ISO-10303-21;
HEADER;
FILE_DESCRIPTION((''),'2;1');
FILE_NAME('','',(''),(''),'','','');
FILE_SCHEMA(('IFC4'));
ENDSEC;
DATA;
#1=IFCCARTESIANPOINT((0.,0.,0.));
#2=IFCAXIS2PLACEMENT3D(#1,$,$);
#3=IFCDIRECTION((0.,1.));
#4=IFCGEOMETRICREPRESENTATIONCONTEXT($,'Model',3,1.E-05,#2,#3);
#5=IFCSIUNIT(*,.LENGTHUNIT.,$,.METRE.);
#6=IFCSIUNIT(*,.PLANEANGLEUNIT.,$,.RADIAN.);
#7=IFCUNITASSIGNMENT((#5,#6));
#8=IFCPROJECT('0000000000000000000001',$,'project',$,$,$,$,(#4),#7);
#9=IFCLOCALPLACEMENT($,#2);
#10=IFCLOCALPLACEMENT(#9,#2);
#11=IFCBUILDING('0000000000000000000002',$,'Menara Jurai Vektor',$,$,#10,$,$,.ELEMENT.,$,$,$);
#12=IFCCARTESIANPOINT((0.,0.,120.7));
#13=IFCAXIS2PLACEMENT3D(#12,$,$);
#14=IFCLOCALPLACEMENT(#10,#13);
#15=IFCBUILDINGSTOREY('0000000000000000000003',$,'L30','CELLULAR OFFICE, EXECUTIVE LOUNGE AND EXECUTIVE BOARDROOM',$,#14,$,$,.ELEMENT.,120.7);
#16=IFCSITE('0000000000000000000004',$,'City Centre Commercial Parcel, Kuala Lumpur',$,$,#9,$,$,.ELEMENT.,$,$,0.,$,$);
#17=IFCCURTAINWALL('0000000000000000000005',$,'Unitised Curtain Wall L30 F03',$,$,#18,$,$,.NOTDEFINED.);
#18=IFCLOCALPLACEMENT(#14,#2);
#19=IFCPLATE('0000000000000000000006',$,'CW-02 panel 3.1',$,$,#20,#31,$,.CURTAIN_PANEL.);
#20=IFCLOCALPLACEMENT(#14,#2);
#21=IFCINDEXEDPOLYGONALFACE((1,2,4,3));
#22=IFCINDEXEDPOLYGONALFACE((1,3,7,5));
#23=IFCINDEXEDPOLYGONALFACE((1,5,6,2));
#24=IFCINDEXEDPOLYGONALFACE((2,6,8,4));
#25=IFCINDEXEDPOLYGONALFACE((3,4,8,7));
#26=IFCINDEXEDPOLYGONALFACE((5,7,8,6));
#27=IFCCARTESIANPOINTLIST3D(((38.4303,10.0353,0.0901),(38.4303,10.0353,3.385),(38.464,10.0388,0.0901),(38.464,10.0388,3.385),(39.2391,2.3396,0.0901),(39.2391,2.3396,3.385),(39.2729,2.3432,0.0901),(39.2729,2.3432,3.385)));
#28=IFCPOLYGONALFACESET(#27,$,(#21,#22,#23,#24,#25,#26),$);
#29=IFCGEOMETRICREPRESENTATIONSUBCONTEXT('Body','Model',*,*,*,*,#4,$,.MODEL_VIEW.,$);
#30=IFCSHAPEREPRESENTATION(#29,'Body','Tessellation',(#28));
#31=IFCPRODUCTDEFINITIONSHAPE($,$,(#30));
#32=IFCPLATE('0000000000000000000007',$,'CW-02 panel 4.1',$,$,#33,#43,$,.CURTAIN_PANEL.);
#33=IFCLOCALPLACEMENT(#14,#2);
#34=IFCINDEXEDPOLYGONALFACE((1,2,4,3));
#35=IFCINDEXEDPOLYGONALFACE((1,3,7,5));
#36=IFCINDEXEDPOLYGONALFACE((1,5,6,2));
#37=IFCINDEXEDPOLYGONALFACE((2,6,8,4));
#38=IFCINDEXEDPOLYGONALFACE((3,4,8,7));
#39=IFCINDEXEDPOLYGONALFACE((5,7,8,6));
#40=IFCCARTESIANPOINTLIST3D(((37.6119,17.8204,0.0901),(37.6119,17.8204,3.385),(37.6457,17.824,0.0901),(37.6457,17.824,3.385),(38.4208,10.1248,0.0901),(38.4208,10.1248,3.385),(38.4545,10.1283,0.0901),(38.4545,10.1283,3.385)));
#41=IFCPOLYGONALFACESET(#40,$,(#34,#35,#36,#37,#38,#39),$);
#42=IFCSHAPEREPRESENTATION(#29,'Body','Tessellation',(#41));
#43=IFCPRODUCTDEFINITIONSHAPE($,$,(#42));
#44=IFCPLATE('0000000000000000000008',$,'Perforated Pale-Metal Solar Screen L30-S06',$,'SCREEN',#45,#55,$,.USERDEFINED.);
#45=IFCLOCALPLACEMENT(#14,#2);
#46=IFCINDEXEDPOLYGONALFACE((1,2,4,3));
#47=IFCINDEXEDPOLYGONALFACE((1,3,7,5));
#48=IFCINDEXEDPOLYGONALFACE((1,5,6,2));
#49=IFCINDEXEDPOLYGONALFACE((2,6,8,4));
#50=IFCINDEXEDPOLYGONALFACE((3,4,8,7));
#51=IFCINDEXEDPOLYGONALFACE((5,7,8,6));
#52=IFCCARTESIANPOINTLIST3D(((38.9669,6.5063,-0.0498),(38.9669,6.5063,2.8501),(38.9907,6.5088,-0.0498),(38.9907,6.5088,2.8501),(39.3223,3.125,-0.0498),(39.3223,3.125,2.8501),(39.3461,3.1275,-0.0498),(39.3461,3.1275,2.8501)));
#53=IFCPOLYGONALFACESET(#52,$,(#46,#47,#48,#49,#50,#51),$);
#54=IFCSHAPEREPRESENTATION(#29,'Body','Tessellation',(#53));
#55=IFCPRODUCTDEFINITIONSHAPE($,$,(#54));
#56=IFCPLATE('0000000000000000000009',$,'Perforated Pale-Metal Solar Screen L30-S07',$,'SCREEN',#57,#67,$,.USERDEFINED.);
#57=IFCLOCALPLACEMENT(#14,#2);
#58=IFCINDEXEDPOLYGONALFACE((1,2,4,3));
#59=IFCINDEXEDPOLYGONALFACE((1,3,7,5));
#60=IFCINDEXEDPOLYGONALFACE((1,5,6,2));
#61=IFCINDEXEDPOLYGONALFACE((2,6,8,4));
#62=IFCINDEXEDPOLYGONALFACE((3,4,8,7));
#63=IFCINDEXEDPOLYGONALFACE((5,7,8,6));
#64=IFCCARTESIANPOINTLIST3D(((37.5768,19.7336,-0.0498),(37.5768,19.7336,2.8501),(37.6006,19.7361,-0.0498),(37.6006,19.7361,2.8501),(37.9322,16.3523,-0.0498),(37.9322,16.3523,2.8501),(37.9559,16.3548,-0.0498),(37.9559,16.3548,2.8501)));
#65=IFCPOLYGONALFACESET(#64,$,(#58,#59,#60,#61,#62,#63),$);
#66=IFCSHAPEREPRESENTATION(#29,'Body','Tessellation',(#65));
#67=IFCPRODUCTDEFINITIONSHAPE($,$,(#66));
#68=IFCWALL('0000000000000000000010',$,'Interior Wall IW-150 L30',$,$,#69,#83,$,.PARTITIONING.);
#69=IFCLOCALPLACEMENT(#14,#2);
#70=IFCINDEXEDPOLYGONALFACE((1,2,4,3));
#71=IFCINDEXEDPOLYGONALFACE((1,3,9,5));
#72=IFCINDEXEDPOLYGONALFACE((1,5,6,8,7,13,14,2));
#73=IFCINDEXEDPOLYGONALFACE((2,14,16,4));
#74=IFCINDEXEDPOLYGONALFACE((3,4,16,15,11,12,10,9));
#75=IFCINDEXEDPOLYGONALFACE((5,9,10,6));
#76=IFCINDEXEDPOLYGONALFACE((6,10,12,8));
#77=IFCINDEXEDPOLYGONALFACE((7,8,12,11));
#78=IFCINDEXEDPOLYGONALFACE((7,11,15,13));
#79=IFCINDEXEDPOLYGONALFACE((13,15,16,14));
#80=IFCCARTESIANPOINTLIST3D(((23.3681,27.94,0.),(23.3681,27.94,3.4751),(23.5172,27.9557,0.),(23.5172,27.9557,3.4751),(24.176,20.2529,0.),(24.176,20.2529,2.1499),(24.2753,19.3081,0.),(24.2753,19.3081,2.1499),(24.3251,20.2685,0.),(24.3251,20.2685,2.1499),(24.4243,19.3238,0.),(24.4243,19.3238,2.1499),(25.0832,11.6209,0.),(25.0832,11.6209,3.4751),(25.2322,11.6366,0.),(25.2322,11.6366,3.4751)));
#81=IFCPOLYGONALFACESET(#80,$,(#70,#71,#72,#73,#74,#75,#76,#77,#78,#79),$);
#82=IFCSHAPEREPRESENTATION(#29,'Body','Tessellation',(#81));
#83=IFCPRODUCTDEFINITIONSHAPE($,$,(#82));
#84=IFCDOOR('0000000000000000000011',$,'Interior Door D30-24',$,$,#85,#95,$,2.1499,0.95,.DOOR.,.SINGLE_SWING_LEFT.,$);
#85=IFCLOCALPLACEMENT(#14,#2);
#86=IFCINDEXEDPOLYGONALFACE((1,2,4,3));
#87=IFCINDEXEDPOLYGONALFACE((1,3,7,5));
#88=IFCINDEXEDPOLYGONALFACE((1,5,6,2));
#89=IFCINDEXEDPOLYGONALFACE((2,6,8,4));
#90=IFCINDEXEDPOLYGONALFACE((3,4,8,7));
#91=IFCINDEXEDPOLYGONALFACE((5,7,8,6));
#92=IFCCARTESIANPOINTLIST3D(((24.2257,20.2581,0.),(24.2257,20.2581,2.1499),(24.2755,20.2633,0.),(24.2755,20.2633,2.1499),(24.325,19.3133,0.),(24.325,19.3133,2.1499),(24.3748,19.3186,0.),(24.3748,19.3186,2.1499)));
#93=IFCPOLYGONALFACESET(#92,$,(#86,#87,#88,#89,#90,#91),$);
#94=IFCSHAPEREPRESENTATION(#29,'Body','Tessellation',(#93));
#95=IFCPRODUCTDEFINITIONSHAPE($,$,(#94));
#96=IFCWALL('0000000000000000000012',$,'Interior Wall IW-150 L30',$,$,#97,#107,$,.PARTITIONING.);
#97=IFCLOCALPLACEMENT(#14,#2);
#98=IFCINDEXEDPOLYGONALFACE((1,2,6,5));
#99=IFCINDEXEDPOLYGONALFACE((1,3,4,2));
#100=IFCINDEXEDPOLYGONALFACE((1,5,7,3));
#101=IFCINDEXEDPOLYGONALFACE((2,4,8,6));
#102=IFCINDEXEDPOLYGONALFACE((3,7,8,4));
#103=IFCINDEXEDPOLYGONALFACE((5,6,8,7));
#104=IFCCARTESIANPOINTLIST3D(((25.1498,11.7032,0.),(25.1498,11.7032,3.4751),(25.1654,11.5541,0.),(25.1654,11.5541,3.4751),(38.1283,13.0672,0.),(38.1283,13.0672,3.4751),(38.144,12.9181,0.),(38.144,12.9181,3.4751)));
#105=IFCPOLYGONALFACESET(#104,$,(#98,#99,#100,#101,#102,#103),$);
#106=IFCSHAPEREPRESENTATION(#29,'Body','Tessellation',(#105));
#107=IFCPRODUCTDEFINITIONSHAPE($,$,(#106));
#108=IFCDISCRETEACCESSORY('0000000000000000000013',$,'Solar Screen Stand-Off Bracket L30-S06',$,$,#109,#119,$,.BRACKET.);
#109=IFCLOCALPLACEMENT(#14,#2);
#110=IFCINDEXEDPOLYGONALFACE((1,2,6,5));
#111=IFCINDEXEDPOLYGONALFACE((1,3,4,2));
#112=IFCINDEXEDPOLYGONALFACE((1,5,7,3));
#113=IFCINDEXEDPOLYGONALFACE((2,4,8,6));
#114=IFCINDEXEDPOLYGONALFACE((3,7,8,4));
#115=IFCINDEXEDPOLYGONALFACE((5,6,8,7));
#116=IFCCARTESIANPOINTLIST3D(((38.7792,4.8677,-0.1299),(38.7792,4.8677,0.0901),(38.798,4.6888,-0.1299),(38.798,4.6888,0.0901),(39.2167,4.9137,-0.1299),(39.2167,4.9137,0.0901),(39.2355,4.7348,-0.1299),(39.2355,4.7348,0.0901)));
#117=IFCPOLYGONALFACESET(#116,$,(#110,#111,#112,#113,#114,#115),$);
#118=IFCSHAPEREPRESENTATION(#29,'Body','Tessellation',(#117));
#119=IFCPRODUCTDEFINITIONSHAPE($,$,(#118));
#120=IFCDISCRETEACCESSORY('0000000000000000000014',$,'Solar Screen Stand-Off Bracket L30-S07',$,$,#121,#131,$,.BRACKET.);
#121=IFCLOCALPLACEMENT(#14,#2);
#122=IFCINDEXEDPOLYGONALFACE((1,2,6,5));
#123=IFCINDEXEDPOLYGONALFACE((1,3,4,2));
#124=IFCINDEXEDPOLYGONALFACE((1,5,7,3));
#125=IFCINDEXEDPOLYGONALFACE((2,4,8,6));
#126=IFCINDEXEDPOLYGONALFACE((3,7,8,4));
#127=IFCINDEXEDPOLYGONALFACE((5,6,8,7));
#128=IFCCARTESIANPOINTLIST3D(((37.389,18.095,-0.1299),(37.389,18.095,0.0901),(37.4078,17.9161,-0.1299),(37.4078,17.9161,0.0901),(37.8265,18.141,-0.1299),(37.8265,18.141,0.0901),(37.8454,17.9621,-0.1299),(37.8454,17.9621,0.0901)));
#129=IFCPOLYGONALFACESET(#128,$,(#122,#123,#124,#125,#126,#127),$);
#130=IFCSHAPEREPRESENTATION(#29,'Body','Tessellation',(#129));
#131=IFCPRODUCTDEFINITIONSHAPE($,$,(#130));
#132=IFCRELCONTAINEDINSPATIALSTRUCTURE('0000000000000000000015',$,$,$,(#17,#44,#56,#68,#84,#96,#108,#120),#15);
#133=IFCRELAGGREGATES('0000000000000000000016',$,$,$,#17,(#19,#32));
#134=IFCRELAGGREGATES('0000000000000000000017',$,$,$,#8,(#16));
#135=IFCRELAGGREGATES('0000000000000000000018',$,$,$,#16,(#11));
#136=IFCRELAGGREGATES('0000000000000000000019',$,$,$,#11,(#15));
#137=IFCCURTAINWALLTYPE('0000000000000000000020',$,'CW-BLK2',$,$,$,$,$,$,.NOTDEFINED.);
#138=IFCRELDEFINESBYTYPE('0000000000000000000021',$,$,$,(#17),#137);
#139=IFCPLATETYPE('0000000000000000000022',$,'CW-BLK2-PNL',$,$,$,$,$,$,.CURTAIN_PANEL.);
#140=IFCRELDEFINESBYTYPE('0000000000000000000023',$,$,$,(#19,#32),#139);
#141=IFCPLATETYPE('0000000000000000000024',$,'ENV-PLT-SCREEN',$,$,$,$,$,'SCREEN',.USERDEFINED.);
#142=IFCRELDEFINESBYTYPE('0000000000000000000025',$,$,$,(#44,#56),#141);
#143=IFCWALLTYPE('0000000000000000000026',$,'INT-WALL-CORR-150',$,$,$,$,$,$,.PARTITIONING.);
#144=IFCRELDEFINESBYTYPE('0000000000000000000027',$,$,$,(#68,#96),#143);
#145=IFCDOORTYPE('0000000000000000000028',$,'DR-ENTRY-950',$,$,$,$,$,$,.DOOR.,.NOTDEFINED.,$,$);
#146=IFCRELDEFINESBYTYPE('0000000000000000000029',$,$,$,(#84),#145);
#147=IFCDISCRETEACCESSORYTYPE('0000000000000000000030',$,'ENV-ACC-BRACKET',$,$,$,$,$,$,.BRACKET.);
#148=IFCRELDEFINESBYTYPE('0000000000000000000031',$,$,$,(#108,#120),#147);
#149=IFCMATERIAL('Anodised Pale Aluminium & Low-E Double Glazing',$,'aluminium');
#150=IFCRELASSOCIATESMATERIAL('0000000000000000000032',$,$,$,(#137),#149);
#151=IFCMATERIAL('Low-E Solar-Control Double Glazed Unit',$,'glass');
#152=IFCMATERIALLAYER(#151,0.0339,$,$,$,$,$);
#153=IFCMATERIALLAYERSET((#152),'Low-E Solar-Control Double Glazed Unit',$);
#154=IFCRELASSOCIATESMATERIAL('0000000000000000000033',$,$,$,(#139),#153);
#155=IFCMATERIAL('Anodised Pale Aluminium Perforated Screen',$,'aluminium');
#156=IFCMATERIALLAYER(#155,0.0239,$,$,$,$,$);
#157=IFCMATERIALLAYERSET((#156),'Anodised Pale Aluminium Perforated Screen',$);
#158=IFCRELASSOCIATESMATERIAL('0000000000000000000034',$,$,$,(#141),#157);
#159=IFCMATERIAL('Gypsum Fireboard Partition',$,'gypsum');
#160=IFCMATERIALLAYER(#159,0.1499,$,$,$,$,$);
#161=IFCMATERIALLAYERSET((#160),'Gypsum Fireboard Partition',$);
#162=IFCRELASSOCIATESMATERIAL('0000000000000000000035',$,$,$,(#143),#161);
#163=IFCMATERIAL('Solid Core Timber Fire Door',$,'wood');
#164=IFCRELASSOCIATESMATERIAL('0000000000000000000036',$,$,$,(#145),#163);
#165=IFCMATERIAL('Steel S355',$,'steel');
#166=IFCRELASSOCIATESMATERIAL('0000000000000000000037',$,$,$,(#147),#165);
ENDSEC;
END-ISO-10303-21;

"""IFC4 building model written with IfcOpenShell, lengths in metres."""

from ifc_helpers import new_model, si_unit, direction, frame, frame_2d, origin, origin_2d, place, context, subcontext, project, spatial, rectangle, extrude, material, layer, layer_set, type_object, element, fill, aggregate, save


model = new_model("IFC4")

# Units and contexts
model_context = context("Model", 3, precision=1e-05, world=origin(), true_north=direction((0.0, 1.0)))
body_context = subcontext(model_context, "Body", "Model", "MODEL_VIEW")
ifc_project = project(units=[si_unit("LENGTHUNIT", "METRE"), si_unit("PLANEANGLEUNIT", "RADIAN")], contexts=[model_context])

# Site, building, storey
site_placement = place(None, origin())
site = spatial("IfcSite", under=ifc_project, at=site_placement, Name="City Centre Commercial Parcel, Kuala Lumpur", CompositionType="ELEMENT", RefElevation=0.0)
building_placement = place(site_placement, origin())
building = spatial("IfcBuilding", under=site, at=building_placement, Name="Menara Jurai Vektor", CompositionType="ELEMENT")
storey_placement = place(building_placement, frame((0.0, 0.0, 120.7)))
storey = spatial("IfcBuildingStorey", under=building, at=storey_placement, Name="L30", Description="CELLULAR OFFICE, EXECUTIVE LOUNGE AND EXECUTIVE BOARDROOM", CompositionType="ELEMENT", Elevation=120.7)

# Curtain wall
ifc_material_1 = material(Name="Anodised Pale Aluminium & Low-E Double Glazing", Category="aluminium")
curtain_wall_type = type_object("IfcCurtainWallType", Name="CW-BLK2", PredefinedType="NOTDEFINED", material=ifc_material_1)
curtain_wall_placement = place(storey_placement, origin())
curtain_wall = element("IfcCurtainWall", 1, at=curtain_wall_placement, inside=storey, type_object=curtain_wall_type, Name="Unitised Curtain Wall L30 F03", PredefinedType="NOTDEFINED")

# Shared definitions
ifc_material_2 = material(Name="Steel S355", Category="steel")

# Plates
ifc_material_3 = material(Name="Low-E Solar-Control Double Glazed Unit", Category="glass")
ifc_layer_1 = layer(ifc_material_3, 0.0339)
ifc_layer_set_1 = layer_set([ifc_layer_1], Name="Low-E Solar-Control Double Glazed Unit")
plate_type_1 = type_object("IfcPlateType", Name="CW-BLK2-PNL", PredefinedType="CURTAIN_PANEL", material=ifc_layer_set_1)
plate_1_placement = place(storey_placement, frame((38.8516, 6.1892, 0.0901), z_axis=(0.0, 0.0, 1.0), x_axis=(-0.10453, 0.994522, 0.0)))
plate_1 = element("IfcPlate", 2, at=plate_1_placement, type_object=plate_type_1, Name="CW-02 panel 3.1", PredefinedType="CURTAIN_PANEL", context=body_context, shape_type="SweptSolid", body=[
    extrude(rectangle(XDim=7.738, YDim=0.0339, at=origin_2d()), origin(), (0.0, 0.0, 1.0), 3.2949),
])
plate_2_placement = place(storey_placement, frame((38.0332, 13.9744, 0.0901), z_axis=(0.0, 0.0, 1.0), x_axis=(-0.10453, 0.994522, 0.0)))
plate_2 = element("IfcPlate", 3, at=plate_2_placement, type_object=plate_type_1, Name="CW-02 panel 4.1", PredefinedType="CURTAIN_PANEL", context=body_context, shape_type="SweptSolid", body=[
    extrude(rectangle(XDim=7.738, YDim=0.0339, at=origin_2d()), origin(), (0.0, 0.0, 1.0), 3.2949),
])
aggregate(curtain_wall, [plate_1, plate_2])

# Plates
ifc_material_4 = material(Name="Anodised Pale Aluminium Perforated Screen", Category="aluminium")
ifc_layer_2 = layer(ifc_material_4, 0.0239)
ifc_layer_set_2 = layer_set([ifc_layer_2], Name="Anodised Pale Aluminium Perforated Screen")
plate_type_2 = type_object("IfcPlateType", Name="ENV-PLT-SCREEN", ElementType="SCREEN", PredefinedType="USERDEFINED", material=ifc_layer_set_2)
for number, where, z_axis, x_axis, name in (
    (4, (39.1565, 4.8169, -0.0498), (0.0, 0.0, 1.0), (-0.104528, 0.994522, 0.0), "Perforated Pale-Metal Solar Screen L30-S06"),
    (5, (37.7664, 18.0442, -0.0498), (0.0, 0.0, 1.0), (-0.104528, 0.994522, 0.0), "Perforated Pale-Metal Solar Screen L30-S07"),
):
    element("IfcPlate", number, at=place(storey_placement, frame(where, z_axis=z_axis, x_axis=x_axis)), inside=storey, type_object=plate_type_2, Name=name, ObjectType="SCREEN", PredefinedType="USERDEFINED", context=body_context, shape_type="SweptSolid", body=[
        extrude(rectangle(XDim=3.3999, YDim=0.0239, at=origin_2d()), origin(), (0.0, 0.0, 1.0), 2.8999),
    ])

# Wall, opening, door
ifc_material_5 = material(Name="Gypsum Fireboard Partition", Category="gypsum")
ifc_layer_3 = layer(ifc_material_5, 0.1499)
ifc_layer_set_3 = layer_set([ifc_layer_3], Name="Gypsum Fireboard Partition")
wall_type = type_object("IfcWallType", Name="INT-WALL-CORR-150", PredefinedType="PARTITIONING", material=ifc_layer_set_3)
wall_1_placement = place(storey_placement, frame((25.1577, 11.6287, 0.0), z_axis=(0.0, 0.0, 1.0), x_axis=(-0.104521, 0.994523, 0.0)))
wall_1 = element("IfcWall", 6, at=wall_1_placement, inside=storey, type_object=wall_type, Name="Interior Wall IW-150 L30", PredefinedType="PARTITIONING", context=body_context, shape_type="SweptSolid", body=[
    extrude(rectangle(XDim=16.4089, YDim=0.1499, at=frame_2d((8.2046, 0.0))), origin(), (0.0, 0.0, 1.0), 3.4751),
])
opening_placement = place(wall_1_placement, frame((7.7295, 0.0, 0.0)))
opening = element("IfcOpeningElement", 7, at=opening_placement, cuts=wall_1, PredefinedType="OPENING", context=body_context, shape_type="SweptSolid", body=[
    extrude(rectangle(XDim=0.95, YDim=2.1499, at=frame_2d((0.4751, 1.075))), frame((0.0, 0.085, 0.0), z_axis=(0.0, -1.0, 0.0), x_axis=(1.0, 0.0, 0.0)), (0.0, 0.0, 1.0), 0.1699),
])
ifc_material_6 = material(Name="Solid Core Timber Fire Door", Category="wood")
door_type = type_object("IfcDoorType", Name="DR-ENTRY-950", OperationType="NOTDEFINED", PredefinedType="DOOR", material=ifc_material_6)
door_placement = place(opening_placement, origin())
door = element("IfcDoor", 8, at=door_placement, inside=storey, type_object=door_type, Name="Interior Door D30-24", OperationType="SINGLE_SWING_LEFT", OverallHeight=2.1499, OverallWidth=0.95, PredefinedType="DOOR", context=body_context, shape_type="SweptSolid", body=[
    extrude(rectangle(XDim=0.95, YDim=2.1499, at=frame_2d((0.4751, 1.075))), frame((0.0, 0.0249, 0.0), z_axis=(0.0, -1.0, 0.0), x_axis=(1.0, 0.0, 0.0)), (0.0, 0.0, 1.0), 0.05),
])
fill(opening, door)

# Wall
wall_2_placement = place(storey_placement, frame((25.1577, 11.6287, 0.0), z_axis=(0.0, 0.0, 1.0), x_axis=(0.994523, 0.104522, 0.0)))
element("IfcWall", 9, at=wall_2_placement, inside=storey, type_object=wall_type, Name="Interior Wall IW-150 L30", PredefinedType="PARTITIONING", context=body_context, shape_type="SweptSolid", body=[
    extrude(rectangle(XDim=13.05, YDim=0.1499, at=frame_2d((6.5249, 0.0))), origin(), (0.0, 0.0, 1.0), 3.4751),
])

# Discrete accessories
discrete_accessory_type = type_object("IfcDiscreteAccessoryType", Name="ENV-ACC-BRACKET", PredefinedType="BRACKET", material=ifc_material_2)
for number, where, z_axis, x_axis, name in (
    (10, (39.0073, 4.8013, -0.1299), (0.0, 0.0, 1.0), (-0.104528, 0.994522, 0.0), "Solar Screen Stand-Off Bracket L30-S06"),
    (11, (37.6172, 18.0286, -0.1299), (0.0, 0.0, 1.0), (-0.104528, 0.994522, 0.0), "Solar Screen Stand-Off Bracket L30-S07"),
):
    element("IfcDiscreteAccessory", number, at=place(storey_placement, frame(where, z_axis=z_axis, x_axis=x_axis)), inside=storey, type_object=discrete_accessory_type, Name=name, PredefinedType="BRACKET", context=body_context, shape_type="SweptSolid", body=[
        extrude(rectangle(XDim=0.1799, YDim=0.4399, at=origin_2d()), origin(), (0.0, 0.0, 1.0), 0.22),
    ])

save(model, "model.ifc")
